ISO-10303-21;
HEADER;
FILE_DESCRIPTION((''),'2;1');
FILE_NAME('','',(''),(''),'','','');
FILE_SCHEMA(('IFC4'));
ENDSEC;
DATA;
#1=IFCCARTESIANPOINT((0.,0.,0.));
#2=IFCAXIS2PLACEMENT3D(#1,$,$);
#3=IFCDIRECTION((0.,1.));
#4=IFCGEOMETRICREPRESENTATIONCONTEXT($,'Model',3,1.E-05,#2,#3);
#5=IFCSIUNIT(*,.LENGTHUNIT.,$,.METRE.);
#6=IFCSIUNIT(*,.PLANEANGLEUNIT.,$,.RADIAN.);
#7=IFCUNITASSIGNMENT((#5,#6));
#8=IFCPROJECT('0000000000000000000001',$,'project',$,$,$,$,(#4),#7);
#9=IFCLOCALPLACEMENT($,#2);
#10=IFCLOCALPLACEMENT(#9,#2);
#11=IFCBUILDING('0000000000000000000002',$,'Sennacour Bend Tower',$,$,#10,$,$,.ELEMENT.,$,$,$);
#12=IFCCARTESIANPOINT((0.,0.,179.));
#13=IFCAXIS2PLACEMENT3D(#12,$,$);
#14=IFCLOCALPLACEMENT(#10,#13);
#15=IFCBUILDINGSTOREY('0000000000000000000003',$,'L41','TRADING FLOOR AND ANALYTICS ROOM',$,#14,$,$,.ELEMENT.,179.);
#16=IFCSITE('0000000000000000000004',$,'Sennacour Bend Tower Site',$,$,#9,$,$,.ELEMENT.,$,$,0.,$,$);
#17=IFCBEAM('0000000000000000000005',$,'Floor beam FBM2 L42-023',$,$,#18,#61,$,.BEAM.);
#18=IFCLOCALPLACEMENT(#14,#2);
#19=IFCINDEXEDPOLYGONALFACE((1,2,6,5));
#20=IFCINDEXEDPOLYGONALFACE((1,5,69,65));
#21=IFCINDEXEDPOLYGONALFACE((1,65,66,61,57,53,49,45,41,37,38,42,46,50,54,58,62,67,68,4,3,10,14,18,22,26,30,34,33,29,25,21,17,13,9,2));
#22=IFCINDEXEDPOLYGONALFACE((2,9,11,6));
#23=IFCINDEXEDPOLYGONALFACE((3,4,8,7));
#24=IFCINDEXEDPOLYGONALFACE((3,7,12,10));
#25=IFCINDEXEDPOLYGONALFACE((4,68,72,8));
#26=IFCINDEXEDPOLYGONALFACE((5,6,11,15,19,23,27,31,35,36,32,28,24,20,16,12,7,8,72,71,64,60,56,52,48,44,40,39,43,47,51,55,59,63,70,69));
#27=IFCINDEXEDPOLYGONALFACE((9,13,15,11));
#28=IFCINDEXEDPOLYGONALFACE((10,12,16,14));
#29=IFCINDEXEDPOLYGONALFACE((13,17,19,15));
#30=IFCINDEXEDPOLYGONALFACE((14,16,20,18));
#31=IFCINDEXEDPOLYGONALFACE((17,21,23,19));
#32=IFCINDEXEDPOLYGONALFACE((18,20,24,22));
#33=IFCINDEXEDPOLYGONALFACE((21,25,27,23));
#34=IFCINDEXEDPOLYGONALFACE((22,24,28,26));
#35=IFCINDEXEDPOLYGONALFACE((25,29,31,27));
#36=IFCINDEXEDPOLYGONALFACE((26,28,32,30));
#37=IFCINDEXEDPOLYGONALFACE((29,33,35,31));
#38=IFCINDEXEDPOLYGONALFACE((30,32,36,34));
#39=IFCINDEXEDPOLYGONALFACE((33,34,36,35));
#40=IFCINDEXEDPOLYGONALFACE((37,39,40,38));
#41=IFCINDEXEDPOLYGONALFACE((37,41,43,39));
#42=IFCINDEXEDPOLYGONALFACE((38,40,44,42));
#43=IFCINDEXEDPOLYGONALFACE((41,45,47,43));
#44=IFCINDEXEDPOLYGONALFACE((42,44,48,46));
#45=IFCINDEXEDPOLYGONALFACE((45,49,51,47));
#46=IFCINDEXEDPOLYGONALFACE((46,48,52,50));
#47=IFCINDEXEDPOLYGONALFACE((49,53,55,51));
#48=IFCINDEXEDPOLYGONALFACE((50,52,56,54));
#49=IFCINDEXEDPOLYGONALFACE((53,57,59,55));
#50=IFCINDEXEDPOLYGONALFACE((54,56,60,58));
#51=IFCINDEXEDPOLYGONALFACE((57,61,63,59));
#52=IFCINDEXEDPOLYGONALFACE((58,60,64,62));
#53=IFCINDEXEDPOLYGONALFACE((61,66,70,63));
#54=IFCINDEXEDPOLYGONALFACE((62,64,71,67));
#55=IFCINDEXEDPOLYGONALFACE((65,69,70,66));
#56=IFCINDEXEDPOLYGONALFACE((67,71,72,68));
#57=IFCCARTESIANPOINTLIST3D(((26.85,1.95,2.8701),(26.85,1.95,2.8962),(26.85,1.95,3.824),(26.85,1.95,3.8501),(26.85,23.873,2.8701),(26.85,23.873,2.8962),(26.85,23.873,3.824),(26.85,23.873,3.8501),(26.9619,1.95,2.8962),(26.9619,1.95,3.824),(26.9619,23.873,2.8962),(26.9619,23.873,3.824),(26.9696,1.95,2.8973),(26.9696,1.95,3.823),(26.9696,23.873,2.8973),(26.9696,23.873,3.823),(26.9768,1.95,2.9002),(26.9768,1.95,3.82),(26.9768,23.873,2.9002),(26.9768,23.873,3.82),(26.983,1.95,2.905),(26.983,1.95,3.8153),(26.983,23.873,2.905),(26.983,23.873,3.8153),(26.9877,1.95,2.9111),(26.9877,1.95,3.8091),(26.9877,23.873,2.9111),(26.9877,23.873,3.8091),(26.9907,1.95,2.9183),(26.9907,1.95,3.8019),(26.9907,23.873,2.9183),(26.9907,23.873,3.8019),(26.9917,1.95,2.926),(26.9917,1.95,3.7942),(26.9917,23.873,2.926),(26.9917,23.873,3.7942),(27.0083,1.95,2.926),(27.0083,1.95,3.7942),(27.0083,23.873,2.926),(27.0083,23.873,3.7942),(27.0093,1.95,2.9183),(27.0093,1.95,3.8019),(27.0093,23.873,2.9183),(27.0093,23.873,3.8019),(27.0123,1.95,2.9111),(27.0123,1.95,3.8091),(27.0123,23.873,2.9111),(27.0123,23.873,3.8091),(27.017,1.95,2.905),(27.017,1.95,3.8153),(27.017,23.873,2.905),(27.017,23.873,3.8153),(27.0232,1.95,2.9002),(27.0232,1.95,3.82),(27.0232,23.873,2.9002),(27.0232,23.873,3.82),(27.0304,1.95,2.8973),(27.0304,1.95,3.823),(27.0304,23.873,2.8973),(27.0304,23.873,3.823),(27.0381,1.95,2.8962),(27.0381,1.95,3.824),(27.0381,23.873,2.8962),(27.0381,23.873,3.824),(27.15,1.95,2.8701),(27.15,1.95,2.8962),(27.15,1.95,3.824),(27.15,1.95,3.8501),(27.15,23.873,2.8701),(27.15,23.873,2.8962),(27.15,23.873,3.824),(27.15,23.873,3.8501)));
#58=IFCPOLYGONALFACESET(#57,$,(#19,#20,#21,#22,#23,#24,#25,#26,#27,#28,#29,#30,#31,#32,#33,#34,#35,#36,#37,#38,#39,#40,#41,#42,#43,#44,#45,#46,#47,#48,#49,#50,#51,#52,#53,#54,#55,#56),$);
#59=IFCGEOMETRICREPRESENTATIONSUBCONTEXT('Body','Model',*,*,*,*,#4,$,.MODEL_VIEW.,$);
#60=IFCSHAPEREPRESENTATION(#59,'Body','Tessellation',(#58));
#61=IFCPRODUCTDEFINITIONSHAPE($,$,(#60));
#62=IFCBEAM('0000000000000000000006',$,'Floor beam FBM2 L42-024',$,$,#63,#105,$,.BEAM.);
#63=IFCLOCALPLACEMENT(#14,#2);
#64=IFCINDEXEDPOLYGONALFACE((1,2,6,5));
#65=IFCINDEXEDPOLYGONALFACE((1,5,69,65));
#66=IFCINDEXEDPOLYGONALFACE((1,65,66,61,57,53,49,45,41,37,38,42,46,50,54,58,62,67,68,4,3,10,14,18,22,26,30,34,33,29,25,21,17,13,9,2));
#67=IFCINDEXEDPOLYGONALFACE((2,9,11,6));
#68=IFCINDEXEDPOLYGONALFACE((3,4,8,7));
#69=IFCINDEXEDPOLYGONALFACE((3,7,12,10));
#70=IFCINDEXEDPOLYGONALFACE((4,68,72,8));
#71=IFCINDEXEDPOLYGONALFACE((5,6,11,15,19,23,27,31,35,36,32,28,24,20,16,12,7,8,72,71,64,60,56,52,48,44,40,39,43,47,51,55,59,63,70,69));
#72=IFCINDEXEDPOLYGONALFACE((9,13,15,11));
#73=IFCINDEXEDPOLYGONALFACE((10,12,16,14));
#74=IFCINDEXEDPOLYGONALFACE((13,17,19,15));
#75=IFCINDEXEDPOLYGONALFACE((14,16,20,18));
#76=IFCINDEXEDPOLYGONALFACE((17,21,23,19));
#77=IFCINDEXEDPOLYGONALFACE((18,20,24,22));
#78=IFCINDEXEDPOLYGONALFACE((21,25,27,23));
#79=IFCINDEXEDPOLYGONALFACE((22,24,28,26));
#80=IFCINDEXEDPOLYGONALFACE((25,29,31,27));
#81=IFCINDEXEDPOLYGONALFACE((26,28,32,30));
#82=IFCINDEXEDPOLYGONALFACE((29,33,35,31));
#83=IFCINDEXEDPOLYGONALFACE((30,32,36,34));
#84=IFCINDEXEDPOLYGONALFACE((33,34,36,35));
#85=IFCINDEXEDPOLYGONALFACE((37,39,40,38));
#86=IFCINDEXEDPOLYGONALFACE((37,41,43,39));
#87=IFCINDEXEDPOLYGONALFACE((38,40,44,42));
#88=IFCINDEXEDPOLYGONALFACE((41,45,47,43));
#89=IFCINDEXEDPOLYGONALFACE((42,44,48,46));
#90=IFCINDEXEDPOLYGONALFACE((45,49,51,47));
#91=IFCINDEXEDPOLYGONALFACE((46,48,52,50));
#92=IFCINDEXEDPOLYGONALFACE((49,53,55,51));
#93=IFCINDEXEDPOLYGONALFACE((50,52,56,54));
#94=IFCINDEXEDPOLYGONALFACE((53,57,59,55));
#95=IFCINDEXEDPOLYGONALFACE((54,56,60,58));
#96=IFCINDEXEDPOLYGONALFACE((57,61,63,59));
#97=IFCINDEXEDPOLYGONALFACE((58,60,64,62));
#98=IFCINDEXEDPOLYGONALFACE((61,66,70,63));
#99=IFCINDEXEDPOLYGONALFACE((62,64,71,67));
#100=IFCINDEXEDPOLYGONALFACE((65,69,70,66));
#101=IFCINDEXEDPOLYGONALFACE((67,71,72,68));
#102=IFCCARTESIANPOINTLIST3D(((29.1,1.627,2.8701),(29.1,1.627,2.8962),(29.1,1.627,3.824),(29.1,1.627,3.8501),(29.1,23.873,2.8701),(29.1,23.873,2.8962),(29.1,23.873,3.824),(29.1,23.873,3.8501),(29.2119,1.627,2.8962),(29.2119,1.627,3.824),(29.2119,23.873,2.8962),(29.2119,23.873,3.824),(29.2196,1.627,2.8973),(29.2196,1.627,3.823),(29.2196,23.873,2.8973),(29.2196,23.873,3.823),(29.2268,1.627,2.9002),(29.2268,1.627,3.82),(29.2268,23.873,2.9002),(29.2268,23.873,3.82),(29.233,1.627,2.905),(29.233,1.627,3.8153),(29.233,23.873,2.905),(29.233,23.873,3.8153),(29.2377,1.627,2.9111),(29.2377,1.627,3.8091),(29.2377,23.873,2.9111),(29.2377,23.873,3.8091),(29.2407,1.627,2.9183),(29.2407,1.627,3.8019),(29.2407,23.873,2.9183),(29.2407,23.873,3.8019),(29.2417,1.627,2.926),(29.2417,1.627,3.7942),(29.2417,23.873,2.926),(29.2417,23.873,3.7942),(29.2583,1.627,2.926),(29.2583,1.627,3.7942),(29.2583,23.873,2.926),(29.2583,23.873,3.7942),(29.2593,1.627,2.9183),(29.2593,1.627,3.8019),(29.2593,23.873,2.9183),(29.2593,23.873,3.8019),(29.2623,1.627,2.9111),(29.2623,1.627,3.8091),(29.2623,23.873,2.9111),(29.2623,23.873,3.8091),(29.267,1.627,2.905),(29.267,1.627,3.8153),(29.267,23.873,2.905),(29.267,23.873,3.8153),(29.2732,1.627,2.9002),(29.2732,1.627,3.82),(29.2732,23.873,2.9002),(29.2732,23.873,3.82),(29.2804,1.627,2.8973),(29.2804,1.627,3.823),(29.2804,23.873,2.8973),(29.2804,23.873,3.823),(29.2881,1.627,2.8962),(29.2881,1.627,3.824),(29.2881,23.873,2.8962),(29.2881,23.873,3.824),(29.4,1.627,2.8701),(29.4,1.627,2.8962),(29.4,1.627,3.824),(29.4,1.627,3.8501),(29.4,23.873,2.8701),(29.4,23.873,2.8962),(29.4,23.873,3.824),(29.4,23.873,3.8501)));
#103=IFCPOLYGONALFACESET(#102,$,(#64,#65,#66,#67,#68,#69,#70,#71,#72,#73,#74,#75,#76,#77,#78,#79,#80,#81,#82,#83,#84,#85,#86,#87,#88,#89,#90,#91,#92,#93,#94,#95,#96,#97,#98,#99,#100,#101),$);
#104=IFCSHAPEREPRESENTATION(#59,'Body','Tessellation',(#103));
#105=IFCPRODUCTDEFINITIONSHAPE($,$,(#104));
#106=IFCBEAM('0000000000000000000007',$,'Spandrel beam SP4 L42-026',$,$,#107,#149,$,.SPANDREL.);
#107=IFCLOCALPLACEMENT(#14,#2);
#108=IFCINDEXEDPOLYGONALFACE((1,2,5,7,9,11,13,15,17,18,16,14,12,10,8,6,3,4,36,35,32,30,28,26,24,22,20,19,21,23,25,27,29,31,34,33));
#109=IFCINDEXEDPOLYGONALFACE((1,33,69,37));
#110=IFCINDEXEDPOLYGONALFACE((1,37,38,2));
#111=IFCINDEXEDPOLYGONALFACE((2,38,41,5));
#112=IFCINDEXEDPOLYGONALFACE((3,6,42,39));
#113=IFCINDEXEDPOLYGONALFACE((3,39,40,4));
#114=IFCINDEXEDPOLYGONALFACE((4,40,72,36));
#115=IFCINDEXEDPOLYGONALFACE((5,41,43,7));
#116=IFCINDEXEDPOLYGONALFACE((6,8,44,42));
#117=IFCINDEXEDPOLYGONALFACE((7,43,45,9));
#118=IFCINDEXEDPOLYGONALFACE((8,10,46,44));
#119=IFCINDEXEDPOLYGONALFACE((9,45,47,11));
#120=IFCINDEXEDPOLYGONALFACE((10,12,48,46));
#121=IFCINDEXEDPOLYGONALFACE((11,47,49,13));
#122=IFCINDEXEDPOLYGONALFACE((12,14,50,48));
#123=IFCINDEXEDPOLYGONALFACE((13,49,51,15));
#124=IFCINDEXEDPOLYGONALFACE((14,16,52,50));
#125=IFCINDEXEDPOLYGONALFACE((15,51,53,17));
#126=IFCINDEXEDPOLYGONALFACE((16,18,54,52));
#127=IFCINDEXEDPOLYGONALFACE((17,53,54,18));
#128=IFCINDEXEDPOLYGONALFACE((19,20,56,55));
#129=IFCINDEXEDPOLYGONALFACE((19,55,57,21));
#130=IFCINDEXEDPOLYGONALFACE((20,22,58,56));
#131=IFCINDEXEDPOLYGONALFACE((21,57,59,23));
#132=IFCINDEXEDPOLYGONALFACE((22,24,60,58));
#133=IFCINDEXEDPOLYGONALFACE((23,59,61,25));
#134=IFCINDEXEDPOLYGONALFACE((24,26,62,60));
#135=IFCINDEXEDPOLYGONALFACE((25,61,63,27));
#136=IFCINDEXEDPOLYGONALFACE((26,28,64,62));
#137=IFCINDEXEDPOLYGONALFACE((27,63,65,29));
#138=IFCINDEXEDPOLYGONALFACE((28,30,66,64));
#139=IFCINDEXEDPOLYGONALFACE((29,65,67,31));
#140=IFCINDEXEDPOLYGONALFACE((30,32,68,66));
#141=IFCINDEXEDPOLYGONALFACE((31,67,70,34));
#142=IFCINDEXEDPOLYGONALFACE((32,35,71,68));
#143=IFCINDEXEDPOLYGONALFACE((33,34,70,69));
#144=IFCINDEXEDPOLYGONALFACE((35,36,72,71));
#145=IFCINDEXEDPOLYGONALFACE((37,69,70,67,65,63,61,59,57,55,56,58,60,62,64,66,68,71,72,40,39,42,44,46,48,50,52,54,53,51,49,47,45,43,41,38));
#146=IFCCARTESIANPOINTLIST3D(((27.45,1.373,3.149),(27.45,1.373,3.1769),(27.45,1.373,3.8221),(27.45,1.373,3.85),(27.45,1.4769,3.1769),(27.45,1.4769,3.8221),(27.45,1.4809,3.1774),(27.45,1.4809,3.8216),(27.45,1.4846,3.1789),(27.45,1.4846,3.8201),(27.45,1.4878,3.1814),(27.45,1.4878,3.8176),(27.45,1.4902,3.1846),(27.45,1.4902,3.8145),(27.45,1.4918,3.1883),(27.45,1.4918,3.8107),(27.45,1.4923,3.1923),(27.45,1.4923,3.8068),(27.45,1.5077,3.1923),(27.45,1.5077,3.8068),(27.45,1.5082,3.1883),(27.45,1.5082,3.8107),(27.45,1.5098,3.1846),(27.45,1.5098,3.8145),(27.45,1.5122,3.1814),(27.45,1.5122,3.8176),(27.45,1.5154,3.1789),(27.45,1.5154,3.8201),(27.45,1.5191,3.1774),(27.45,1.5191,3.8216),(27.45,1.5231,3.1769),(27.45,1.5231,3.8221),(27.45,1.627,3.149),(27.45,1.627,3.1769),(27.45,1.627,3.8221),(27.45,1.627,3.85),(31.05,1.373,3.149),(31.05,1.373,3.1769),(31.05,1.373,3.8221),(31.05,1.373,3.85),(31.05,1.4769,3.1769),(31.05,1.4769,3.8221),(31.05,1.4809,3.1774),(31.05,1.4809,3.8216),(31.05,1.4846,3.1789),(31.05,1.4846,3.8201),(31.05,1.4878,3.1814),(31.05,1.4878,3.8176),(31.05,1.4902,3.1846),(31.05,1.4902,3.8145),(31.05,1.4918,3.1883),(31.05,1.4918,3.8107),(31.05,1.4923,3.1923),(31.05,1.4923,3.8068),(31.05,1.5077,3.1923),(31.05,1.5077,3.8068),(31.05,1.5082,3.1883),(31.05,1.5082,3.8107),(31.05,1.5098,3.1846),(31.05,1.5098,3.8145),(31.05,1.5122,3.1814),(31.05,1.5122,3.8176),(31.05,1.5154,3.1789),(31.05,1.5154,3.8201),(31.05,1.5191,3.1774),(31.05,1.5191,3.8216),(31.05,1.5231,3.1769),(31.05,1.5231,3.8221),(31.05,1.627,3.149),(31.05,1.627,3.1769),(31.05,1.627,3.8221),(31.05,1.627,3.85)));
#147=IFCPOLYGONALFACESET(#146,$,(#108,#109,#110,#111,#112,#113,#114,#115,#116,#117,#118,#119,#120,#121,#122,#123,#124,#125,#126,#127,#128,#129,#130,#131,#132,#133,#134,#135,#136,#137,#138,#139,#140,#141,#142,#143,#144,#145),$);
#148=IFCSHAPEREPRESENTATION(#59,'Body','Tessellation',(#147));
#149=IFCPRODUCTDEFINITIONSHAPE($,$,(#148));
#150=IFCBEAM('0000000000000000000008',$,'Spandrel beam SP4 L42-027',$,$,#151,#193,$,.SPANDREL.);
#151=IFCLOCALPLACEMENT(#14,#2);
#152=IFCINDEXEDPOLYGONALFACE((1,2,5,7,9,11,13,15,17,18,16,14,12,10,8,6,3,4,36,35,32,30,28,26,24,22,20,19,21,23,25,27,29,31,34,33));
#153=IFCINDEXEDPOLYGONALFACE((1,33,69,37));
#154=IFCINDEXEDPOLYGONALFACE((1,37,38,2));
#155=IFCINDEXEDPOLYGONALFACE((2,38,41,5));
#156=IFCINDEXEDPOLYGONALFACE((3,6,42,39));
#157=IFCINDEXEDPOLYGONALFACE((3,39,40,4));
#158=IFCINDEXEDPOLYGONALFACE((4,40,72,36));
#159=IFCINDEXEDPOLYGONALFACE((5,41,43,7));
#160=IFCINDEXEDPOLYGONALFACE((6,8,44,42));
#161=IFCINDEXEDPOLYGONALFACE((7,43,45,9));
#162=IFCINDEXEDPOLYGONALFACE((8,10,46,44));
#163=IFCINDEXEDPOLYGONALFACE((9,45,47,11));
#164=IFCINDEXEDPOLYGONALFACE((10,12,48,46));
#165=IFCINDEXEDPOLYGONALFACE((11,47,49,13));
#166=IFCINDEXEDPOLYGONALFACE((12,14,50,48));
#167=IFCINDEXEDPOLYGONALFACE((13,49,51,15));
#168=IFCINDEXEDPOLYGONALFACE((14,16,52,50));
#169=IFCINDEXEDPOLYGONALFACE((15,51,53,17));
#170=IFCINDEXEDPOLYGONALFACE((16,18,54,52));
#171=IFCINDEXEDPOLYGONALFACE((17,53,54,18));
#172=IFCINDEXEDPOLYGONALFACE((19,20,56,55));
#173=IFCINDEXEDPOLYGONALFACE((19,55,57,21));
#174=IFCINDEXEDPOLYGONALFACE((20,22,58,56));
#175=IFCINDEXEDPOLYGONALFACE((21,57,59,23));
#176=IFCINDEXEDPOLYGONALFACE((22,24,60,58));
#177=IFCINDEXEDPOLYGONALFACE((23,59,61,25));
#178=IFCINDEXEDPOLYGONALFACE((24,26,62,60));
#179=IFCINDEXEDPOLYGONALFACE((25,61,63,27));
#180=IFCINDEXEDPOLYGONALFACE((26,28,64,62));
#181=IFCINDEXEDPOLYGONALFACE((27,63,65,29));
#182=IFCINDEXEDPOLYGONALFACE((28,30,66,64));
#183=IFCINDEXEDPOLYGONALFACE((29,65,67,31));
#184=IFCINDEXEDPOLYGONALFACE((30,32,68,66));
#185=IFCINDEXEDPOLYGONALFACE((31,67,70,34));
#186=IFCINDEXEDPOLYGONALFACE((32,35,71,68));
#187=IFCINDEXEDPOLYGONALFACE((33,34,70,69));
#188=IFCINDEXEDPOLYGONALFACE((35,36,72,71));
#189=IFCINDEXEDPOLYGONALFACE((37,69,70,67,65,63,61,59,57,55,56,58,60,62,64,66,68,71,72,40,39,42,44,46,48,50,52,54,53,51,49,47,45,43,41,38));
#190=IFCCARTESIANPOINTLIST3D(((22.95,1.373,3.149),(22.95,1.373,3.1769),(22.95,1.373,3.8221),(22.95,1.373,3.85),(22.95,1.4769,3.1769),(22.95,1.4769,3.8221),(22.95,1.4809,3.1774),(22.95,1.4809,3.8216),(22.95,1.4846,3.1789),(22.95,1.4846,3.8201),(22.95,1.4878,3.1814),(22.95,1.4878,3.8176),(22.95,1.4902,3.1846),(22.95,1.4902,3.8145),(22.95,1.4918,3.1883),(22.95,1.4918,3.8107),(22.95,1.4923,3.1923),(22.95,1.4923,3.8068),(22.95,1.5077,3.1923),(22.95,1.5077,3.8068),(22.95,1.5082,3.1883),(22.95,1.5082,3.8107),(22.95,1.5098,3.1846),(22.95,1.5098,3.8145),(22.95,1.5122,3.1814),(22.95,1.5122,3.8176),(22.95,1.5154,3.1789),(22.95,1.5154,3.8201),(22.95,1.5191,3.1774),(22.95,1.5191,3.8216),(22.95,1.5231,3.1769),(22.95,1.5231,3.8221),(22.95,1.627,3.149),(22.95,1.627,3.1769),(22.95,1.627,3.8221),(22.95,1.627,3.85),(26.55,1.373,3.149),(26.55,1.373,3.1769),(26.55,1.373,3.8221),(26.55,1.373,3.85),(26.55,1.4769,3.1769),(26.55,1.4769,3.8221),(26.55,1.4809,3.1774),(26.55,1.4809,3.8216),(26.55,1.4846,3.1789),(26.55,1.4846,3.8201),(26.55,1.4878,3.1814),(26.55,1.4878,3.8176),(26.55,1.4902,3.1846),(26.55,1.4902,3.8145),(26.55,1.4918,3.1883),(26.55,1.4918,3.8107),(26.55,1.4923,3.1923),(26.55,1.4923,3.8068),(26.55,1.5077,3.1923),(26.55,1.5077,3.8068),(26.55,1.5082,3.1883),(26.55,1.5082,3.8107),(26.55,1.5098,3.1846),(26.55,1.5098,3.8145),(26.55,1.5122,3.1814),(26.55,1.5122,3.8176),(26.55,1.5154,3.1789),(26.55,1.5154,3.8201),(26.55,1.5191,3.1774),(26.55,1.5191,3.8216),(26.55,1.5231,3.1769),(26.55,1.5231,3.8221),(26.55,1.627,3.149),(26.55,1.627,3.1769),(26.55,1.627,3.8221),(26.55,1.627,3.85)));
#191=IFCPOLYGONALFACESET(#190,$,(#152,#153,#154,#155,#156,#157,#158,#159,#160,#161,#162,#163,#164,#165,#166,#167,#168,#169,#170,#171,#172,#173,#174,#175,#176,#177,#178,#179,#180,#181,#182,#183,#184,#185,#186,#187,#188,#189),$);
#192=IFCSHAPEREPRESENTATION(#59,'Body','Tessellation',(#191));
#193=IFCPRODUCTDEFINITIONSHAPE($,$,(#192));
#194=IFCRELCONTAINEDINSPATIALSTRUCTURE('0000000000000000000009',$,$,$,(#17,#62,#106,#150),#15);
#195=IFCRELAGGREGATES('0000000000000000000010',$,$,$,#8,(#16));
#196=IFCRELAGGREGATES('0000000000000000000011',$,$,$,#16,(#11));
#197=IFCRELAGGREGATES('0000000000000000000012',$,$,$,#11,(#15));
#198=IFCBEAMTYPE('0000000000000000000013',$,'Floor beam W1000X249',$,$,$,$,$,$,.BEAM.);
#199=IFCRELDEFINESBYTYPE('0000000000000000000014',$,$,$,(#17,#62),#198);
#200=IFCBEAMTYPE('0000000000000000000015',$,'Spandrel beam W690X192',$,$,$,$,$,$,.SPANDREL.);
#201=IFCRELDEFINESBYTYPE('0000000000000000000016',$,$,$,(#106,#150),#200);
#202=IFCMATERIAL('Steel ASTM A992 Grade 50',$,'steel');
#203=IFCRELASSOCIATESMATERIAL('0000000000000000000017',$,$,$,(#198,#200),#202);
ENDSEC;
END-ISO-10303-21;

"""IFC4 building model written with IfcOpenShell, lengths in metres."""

from ifc_helpers import new_model, si_unit, direction, frame, origin, origin_2d, place, context, subcontext, project, spatial, i_section, extrude, material, material_profile, profile_set, type_object, element, save


model = new_model("IFC4")

# Units and contexts
model_context = context("Model", 3, precision=1e-05, world=origin(), true_north=direction((0.0, 1.0)))
body_context = subcontext(model_context, "Body", "Model", "MODEL_VIEW")
ifc_project = project(units=[si_unit("LENGTHUNIT", "METRE"), si_unit("PLANEANGLEUNIT", "RADIAN")], contexts=[model_context])

# Site, building, storey
site_placement = place(None, origin())
site = spatial("IfcSite", under=ifc_project, at=site_placement, Name="Sennacour Bend Tower Site", CompositionType="ELEMENT", RefElevation=0.0)
building_placement = place(site_placement, origin())
building = spatial("IfcBuilding", under=site, at=building_placement, Name="Sennacour Bend Tower", CompositionType="ELEMENT")
storey_placement = place(building_placement, frame((0.0, 0.0, 179.0)))
storey = spatial("IfcBuildingStorey", under=building, at=storey_placement, Name="L41", Description="TRADING FLOOR AND ANALYTICS ROOM", CompositionType="ELEMENT", Elevation=179.0)

# Beams
ifc_material_1 = material(Name="Steel ASTM A992 Grade 50", Category="steel")
ifc_material_profile_1 = material_profile(ifc_material_1, i_section(OverallWidth=0.3, OverallDepth=0.98, WebThickness=0.0166, FlangeThickness=0.0261, FilletRadius=0.0298, at=origin_2d()), Name="Steel ASTM A992 Grade 50", Category="steel")
ifc_profile_set_1 = profile_set([ifc_material_profile_1], Name="Steel ASTM A992 Grade 50")
beam_type_1 = type_object("IfcBeamType", Name="Floor beam W1000X249", PredefinedType="BEAM", material=ifc_profile_set_1)
beam_1_placement = place(storey_placement, frame((27.0, 1.95, 3.3601), z_axis=(0.0, 1.0, 0.0), x_axis=(-1.0, 0.0, 0.0)))
element("IfcBeam", 1, at=beam_1_placement, inside=storey, type_object=beam_type_1, Name="Floor beam FBM2 L42-023", PredefinedType="BEAM", context=body_context, shape_type="SweptSolid", body=[
    extrude(i_section(OverallWidth=0.3, OverallDepth=0.98, WebThickness=0.0166, FlangeThickness=0.0261, FilletRadius=0.0298, at=origin_2d()), origin(), (0.0, 0.0, 1.0), 21.9231),
])
beam_2_placement = place(storey_placement, frame((29.25, 1.627, 3.3601), z_axis=(0.0, 1.0, 0.0), x_axis=(-1.0, 0.0, 0.0)))
element("IfcBeam", 2, at=beam_2_placement, inside=storey, type_object=beam_type_1, Name="Floor beam FBM2 L42-024", PredefinedType="BEAM", context=body_context, shape_type="SweptSolid", body=[
    extrude(i_section(OverallWidth=0.3, OverallDepth=0.98, WebThickness=0.0166, FlangeThickness=0.0261, FilletRadius=0.0298, at=origin_2d()), origin(), (0.0, 0.0, 1.0), 22.2461),
])
ifc_material_profile_2 = material_profile(ifc_material_1, i_section(OverallWidth=0.2539, OverallDepth=0.7009, WebThickness=0.0154, FlangeThickness=0.0278, FilletRadius=0.0154, at=origin_2d()), Name="Steel ASTM A992 Grade 50", Category="steel")
ifc_profile_set_2 = profile_set([ifc_material_profile_2], Name="Steel ASTM A992 Grade 50")
beam_type_2 = type_object("IfcBeamType", Name="Spandrel beam W690X192", PredefinedType="SPANDREL", material=ifc_profile_set_2)
for number, where, z_axis, x_axis, name in (
    (3, (31.05, 1.5, 3.4995), (-1.0, 0.0, 0.0), (0.0, -1.0, 0.0), "Spandrel beam SP4 L42-026"),
    (4, (26.55, 1.5, 3.4995), (-1.0, 0.0, 0.0), (0.0, -1.0, 0.0), "Spandrel beam SP4 L42-027"),
):
    element("IfcBeam", number, at=place(storey_placement, frame(where, z_axis=z_axis, x_axis=x_axis)), inside=storey, type_object=beam_type_2, Name=name, PredefinedType="SPANDREL", context=body_context, shape_type="SweptSolid", body=[
        extrude(i_section(OverallWidth=0.2539, OverallDepth=0.7009, WebThickness=0.0154, FlangeThickness=0.0278, FilletRadius=0.0154, at=origin_2d()), origin(), (0.0, 0.0, 1.0), 3.6001),
    ])

save(model, "model.ifc")
